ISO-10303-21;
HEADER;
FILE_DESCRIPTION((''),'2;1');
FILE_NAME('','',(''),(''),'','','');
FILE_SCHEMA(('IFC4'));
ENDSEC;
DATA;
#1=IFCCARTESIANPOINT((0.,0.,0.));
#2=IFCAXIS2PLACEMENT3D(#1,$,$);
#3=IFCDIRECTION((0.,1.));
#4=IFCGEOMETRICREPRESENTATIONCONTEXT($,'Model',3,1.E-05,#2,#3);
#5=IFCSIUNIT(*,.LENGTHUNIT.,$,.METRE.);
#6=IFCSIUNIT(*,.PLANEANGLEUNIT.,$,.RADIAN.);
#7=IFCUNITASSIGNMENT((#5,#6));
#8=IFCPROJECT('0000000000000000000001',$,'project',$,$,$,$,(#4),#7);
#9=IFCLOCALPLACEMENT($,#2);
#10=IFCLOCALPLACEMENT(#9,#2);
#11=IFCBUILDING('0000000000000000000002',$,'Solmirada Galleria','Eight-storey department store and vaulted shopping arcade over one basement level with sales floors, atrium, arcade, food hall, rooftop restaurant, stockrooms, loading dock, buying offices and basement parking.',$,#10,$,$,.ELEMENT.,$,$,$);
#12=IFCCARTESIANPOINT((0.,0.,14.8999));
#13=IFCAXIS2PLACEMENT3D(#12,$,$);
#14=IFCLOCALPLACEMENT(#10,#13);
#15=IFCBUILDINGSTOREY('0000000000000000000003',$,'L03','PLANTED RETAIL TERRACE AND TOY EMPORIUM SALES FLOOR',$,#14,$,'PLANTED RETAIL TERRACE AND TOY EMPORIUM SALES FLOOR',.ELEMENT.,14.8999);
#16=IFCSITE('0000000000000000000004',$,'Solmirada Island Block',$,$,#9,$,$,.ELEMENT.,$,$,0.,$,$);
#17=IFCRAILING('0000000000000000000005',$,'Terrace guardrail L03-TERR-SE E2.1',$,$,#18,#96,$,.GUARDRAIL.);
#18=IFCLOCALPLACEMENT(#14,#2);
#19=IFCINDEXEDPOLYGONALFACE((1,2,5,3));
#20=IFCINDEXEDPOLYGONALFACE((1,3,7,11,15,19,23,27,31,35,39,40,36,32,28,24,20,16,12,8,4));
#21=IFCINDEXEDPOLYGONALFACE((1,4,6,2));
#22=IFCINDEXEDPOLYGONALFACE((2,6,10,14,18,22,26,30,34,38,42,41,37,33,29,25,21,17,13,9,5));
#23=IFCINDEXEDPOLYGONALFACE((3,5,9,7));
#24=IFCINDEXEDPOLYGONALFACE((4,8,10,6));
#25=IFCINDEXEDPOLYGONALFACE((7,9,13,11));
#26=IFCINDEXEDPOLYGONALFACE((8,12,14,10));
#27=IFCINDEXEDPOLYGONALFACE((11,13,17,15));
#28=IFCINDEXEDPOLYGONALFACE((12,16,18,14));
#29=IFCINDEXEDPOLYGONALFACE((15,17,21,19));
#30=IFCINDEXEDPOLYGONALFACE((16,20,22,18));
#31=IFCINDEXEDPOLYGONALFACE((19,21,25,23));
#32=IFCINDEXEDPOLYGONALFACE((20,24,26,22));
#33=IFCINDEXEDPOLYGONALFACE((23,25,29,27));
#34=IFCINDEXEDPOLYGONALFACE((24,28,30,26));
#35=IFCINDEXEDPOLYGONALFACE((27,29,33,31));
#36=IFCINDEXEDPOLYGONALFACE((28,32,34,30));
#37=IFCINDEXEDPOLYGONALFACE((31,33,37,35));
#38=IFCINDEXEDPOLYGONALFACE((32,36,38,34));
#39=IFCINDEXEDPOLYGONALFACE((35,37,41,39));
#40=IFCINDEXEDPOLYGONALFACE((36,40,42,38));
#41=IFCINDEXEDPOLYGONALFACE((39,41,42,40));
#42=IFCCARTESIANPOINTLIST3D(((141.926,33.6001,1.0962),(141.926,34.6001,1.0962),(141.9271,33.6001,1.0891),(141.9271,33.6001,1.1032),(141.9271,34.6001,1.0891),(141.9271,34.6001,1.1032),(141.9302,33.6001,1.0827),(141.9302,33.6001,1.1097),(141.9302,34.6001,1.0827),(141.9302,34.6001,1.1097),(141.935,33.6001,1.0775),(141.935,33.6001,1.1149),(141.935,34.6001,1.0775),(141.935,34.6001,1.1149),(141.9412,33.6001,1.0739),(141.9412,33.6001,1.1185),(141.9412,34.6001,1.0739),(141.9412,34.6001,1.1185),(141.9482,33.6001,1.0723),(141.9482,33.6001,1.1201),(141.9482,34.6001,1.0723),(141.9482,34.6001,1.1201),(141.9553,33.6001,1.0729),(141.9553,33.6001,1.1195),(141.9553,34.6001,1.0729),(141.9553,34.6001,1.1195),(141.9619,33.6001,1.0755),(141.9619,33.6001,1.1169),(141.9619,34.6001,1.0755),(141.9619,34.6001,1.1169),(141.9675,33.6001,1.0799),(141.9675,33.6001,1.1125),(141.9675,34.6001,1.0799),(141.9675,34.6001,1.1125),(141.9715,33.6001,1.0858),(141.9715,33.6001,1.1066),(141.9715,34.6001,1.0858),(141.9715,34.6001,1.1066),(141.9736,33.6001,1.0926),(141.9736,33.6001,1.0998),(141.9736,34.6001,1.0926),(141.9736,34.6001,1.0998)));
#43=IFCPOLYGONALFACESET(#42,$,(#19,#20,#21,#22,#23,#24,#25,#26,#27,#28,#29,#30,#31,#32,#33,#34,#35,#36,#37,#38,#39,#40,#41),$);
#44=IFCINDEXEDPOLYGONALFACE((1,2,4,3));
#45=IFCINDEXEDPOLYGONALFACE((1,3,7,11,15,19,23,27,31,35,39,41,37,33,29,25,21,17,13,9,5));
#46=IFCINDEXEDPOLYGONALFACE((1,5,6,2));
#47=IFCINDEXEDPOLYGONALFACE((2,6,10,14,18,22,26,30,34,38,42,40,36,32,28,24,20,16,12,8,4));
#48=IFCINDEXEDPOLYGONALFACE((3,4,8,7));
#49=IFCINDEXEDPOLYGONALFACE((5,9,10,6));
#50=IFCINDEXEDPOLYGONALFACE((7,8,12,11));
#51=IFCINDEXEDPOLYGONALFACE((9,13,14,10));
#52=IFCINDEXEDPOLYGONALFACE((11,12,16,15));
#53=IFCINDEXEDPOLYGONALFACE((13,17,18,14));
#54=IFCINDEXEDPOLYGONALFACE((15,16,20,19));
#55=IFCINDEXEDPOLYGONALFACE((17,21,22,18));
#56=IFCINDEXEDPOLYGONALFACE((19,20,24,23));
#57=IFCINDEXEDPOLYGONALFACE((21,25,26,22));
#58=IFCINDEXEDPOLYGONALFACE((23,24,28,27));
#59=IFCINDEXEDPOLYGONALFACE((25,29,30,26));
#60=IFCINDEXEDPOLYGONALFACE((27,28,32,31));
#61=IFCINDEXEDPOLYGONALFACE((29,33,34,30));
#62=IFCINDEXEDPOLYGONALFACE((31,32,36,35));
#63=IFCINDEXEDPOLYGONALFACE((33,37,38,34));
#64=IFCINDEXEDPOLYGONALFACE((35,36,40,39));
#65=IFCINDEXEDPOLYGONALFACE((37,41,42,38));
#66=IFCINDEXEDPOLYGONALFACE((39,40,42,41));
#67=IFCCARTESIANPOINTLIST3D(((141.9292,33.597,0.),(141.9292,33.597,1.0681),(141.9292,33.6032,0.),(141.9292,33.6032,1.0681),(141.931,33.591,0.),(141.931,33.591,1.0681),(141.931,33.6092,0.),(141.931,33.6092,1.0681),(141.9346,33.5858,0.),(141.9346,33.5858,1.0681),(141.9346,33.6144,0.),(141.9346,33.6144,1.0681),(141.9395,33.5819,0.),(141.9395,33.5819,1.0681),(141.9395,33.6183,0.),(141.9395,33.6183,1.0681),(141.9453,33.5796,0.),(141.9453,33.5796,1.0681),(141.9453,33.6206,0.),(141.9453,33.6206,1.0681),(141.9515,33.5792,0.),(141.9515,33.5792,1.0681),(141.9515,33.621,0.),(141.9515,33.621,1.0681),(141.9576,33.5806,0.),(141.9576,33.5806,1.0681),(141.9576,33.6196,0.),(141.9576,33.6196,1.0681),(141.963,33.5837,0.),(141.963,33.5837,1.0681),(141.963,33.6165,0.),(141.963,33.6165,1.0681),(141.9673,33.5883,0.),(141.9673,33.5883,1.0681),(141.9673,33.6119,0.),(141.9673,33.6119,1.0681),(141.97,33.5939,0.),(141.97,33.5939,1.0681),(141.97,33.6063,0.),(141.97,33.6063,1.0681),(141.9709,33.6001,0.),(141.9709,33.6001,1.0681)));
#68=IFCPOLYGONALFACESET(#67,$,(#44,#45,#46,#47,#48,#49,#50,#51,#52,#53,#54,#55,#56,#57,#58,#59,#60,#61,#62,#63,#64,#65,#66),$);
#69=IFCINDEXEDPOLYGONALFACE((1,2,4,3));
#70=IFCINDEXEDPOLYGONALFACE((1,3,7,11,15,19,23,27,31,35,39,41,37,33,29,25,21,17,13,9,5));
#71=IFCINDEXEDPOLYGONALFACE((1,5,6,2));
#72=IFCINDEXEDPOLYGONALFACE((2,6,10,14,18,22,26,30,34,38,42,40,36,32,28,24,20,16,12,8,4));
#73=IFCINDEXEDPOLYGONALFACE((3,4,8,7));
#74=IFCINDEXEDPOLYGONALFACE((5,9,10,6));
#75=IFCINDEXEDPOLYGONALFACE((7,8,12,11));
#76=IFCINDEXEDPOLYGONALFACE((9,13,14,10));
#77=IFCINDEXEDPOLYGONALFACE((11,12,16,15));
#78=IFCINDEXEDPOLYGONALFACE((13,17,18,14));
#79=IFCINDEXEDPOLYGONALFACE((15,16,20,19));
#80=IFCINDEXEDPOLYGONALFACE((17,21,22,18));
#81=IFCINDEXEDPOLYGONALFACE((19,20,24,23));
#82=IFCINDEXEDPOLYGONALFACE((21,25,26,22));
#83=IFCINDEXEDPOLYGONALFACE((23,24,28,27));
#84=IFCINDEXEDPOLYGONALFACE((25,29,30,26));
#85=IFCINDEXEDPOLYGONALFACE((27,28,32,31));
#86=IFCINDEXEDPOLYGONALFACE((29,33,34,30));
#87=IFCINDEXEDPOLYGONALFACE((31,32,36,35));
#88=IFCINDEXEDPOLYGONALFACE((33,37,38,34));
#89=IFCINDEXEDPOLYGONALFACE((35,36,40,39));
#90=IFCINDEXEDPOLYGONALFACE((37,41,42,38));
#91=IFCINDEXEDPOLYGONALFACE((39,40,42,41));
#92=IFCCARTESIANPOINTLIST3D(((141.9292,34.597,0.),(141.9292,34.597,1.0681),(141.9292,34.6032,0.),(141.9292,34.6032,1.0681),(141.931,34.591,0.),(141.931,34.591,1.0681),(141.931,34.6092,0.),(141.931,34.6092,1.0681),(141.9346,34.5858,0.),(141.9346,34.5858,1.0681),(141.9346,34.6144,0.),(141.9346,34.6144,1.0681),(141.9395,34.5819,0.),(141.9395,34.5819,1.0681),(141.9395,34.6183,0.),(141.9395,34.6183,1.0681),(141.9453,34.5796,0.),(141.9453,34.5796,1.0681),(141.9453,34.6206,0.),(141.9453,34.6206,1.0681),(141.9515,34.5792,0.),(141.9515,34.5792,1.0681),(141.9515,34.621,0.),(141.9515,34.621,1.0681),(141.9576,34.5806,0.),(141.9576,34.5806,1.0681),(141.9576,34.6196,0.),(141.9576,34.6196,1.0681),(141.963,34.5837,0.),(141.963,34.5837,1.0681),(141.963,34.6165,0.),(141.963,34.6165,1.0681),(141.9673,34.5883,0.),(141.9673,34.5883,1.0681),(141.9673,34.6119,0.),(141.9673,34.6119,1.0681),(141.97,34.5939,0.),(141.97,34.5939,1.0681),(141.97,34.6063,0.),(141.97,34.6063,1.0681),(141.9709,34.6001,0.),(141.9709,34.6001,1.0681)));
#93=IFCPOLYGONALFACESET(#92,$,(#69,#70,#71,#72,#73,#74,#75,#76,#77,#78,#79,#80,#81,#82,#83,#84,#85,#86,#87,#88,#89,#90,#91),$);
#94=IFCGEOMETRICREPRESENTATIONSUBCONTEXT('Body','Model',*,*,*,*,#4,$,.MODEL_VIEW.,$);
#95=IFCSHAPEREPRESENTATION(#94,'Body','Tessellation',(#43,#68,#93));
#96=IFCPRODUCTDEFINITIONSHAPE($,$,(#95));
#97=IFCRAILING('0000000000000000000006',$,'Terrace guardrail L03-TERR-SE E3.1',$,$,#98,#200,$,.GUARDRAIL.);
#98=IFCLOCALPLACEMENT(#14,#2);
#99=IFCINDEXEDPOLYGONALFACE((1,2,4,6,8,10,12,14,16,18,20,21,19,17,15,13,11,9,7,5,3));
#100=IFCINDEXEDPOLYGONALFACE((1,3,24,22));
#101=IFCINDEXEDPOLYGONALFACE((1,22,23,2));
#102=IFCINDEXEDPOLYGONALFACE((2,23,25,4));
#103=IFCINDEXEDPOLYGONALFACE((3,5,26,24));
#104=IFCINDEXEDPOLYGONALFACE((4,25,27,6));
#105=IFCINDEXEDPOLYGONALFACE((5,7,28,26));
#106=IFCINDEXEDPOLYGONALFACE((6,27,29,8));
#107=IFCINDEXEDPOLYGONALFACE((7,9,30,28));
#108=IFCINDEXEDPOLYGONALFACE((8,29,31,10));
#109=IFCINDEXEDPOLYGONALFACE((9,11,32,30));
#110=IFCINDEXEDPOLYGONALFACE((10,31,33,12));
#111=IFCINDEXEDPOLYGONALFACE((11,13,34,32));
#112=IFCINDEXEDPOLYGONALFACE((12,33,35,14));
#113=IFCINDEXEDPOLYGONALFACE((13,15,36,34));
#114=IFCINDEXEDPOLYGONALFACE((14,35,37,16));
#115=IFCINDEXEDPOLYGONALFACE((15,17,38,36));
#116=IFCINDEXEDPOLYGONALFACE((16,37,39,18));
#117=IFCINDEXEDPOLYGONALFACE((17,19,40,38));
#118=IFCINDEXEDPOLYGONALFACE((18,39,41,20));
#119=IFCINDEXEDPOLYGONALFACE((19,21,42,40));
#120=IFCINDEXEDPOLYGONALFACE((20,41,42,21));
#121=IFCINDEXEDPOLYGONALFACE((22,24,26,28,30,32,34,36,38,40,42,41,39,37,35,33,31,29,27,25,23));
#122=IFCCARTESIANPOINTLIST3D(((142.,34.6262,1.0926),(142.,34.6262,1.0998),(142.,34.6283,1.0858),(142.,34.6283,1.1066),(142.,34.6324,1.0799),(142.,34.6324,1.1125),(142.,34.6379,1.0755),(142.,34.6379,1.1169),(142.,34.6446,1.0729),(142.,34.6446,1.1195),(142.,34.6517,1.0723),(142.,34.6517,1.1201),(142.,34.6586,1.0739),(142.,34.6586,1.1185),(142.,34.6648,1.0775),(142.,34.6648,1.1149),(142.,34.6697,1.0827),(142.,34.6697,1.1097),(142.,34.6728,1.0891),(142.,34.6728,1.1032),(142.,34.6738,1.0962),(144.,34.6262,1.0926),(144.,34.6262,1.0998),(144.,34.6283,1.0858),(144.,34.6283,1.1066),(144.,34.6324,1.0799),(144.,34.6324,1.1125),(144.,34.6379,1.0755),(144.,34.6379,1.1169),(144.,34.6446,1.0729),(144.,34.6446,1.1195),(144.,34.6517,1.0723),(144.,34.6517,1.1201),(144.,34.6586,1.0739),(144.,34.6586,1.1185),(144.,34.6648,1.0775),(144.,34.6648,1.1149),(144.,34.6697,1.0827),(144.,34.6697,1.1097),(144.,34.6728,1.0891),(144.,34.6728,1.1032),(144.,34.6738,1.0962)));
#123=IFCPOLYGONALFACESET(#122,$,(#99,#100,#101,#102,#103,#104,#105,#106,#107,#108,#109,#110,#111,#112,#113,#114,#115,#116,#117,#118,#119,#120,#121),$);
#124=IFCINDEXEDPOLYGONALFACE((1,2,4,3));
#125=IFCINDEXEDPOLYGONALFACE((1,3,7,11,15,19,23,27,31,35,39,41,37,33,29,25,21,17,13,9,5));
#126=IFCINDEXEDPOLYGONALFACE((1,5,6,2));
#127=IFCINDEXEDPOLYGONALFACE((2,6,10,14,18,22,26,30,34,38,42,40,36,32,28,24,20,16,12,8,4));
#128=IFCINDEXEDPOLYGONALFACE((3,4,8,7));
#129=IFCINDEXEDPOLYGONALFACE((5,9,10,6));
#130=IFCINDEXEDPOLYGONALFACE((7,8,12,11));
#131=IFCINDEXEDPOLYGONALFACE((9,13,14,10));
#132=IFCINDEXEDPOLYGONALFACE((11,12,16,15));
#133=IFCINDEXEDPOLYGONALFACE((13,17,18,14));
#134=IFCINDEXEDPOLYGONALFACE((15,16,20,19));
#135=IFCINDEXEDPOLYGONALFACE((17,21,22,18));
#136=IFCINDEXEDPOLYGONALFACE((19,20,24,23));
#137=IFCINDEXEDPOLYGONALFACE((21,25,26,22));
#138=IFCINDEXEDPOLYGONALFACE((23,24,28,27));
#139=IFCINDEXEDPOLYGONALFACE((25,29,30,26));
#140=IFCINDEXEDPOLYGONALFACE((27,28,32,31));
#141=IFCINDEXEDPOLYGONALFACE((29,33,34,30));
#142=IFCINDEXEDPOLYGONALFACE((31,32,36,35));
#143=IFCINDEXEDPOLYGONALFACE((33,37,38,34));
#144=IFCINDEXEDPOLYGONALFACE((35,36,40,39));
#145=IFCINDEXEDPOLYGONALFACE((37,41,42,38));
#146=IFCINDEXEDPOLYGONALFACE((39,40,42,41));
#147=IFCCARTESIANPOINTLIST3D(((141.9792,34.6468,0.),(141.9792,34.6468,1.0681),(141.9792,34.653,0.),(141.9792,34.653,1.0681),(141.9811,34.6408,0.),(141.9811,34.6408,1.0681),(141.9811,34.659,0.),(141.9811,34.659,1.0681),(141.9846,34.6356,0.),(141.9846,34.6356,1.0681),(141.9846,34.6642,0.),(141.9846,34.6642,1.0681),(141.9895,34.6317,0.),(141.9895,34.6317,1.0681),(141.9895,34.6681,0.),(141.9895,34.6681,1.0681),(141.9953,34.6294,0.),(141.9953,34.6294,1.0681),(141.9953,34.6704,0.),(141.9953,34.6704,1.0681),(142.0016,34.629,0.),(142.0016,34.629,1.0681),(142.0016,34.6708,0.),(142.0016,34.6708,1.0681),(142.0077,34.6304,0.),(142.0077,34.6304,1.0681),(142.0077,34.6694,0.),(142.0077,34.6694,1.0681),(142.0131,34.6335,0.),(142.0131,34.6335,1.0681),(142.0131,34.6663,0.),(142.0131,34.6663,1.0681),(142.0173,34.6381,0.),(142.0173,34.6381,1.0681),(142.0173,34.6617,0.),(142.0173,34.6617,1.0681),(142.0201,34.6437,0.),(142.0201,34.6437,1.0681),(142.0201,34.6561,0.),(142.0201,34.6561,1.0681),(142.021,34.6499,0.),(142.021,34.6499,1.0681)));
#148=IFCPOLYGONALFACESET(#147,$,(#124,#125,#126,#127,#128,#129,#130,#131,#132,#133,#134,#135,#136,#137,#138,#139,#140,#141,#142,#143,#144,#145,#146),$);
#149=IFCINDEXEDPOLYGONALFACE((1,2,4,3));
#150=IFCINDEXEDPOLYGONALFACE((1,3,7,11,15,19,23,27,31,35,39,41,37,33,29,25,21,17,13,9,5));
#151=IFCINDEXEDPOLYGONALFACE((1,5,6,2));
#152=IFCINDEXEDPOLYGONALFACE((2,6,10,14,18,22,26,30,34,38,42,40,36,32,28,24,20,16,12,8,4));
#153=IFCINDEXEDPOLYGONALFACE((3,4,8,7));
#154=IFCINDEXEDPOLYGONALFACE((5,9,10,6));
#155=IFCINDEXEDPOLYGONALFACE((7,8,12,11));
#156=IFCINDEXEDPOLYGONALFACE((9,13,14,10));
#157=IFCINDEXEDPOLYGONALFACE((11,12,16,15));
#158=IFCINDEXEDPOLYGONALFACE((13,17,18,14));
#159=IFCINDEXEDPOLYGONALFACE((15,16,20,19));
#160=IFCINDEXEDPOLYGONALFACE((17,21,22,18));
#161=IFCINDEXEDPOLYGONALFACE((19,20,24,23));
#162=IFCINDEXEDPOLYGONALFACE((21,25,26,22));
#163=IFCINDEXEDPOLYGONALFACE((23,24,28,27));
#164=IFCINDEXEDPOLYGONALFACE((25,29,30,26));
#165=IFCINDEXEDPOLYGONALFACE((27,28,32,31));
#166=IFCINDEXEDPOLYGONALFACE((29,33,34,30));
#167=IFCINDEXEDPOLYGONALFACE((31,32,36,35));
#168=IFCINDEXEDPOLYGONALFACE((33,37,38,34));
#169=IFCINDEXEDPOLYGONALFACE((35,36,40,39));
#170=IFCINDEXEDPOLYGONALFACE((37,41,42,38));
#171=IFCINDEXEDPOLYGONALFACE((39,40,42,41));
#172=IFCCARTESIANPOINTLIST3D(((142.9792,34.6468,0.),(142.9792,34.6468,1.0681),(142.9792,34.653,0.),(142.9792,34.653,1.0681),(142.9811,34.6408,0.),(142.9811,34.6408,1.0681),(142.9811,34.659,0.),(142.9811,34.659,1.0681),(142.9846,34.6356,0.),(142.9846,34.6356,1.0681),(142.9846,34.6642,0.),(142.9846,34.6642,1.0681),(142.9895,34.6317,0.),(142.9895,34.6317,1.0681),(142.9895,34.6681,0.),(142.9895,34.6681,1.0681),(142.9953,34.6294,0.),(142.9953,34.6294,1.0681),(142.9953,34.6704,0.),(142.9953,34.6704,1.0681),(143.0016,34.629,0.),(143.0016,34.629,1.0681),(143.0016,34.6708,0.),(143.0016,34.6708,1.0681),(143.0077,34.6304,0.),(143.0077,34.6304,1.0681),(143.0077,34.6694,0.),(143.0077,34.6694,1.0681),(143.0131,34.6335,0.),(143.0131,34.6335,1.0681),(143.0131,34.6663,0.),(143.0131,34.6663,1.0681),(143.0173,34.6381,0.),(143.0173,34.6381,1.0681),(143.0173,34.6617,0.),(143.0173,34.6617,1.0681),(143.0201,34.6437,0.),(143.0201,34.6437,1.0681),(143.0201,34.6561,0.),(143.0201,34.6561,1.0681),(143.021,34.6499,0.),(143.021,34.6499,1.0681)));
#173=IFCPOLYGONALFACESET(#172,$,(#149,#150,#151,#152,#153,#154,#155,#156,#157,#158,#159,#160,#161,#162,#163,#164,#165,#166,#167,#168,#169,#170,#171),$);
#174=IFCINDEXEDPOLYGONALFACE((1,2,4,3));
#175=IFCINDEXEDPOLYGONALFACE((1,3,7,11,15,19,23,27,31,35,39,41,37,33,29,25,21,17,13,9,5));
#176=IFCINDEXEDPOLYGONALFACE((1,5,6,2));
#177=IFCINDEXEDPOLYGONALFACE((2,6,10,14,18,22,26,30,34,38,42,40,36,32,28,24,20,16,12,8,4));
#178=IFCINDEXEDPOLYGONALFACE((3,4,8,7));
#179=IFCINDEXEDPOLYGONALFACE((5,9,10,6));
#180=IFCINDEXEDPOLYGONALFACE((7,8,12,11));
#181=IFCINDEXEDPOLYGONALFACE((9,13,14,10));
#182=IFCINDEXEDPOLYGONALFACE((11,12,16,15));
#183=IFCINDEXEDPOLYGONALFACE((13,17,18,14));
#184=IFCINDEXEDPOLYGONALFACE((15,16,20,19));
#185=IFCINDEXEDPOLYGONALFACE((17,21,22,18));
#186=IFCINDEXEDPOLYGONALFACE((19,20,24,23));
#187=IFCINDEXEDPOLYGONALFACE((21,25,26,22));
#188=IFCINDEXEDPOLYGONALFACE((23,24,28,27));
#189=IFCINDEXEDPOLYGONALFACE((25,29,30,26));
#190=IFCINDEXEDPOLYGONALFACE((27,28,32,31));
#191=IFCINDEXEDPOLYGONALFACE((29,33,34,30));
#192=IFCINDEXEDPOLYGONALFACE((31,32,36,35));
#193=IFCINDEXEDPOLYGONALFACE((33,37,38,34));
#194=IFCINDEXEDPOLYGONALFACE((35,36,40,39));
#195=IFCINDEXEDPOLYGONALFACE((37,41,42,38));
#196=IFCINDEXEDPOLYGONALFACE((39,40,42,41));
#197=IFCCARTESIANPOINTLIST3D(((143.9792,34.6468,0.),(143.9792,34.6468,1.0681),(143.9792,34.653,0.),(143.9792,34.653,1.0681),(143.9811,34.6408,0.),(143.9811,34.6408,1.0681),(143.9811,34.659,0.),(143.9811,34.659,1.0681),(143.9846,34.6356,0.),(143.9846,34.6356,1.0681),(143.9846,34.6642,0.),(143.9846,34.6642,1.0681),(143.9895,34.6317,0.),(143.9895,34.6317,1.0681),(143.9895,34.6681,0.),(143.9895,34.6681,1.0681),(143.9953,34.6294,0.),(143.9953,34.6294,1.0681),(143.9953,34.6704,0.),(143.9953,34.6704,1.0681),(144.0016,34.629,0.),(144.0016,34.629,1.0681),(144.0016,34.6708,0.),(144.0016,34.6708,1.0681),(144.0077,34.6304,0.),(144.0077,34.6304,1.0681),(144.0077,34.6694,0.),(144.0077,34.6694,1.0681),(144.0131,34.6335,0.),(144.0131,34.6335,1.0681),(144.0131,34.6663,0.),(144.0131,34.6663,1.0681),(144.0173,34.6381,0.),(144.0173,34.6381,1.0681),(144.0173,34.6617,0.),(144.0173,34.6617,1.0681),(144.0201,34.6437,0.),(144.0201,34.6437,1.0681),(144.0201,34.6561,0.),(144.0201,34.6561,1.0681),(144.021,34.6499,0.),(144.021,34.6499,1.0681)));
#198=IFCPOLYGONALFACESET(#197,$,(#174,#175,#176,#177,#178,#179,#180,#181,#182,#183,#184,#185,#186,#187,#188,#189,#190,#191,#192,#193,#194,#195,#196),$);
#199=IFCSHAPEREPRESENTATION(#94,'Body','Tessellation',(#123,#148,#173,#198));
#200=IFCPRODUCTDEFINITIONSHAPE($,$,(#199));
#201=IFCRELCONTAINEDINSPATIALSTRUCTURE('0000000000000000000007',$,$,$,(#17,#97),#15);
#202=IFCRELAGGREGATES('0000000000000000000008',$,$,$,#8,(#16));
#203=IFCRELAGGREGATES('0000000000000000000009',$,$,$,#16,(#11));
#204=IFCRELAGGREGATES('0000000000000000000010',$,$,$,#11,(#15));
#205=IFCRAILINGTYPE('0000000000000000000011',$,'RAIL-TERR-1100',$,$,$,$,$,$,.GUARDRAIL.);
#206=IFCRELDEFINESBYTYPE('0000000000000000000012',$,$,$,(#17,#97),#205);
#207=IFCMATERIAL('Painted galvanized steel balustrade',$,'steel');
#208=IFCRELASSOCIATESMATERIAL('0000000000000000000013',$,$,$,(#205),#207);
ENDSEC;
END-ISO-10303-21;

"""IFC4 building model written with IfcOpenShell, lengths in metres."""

from ifc_helpers import new_model, si_unit, direction, frame, origin, origin_2d, place, context, subcontext, project, spatial, circle, extrude, material, type_object, element, save


model = new_model("IFC4")

# Units and contexts
model_context = context("Model", 3, precision=1e-05, world=origin(), true_north=direction((0.0, 1.0)))
body_context = subcontext(model_context, "Body", "Model", "MODEL_VIEW")
ifc_project = project(units=[si_unit("LENGTHUNIT", "METRE"), si_unit("PLANEANGLEUNIT", "RADIAN")], contexts=[model_context])

# Site, building, storey
site_placement = place(None, origin())
site = spatial("IfcSite", under=ifc_project, at=site_placement, Name="Solmirada Island Block", CompositionType="ELEMENT", RefElevation=0.0)
building_placement = place(site_placement, origin())
building = spatial("IfcBuilding", under=site, at=building_placement, Name="Solmirada Galleria", Description="Eight-storey department store and vaulted shopping arcade over one basement level with sales floors, atrium, arcade, food hall, rooftop restaurant, stockrooms, loading dock, buying offices and basement parking.", CompositionType="ELEMENT")
storey_placement = place(building_placement, frame((0.0, 0.0, 14.8999)))
storey = spatial("IfcBuildingStorey", under=building, at=storey_placement, Name="L03", Description="PLANTED RETAIL TERRACE AND TOY EMPORIUM SALES FLOOR", LongName="PLANTED RETAIL TERRACE AND TOY EMPORIUM SALES FLOOR", CompositionType="ELEMENT", Elevation=14.8999)

# Railings
ifc_material_1 = material(Name="Painted galvanized steel balustrade", Category="steel")
railing_type = type_object("IfcRailingType", Name="RAIL-TERR-1100", PredefinedType="GUARDRAIL", material=ifc_material_1)
railing_1_placement = place(storey_placement, frame((141.95, 33.6001, 0.0)))
element("IfcRailing", 1, at=railing_1_placement, inside=storey, type_object=railing_type, Name="Terrace guardrail L03-TERR-SE E2.1", PredefinedType="GUARDRAIL", context=body_context, shape_type="SweptSolid", body=[
    extrude(circle(Radius=0.0239, at=origin_2d()), frame((0.0, 0.0, 1.0962), z_axis=(0.0, 1.0, 0.0), x_axis=(-1.0, 0.0, 0.0)), (0.0, 0.0, 1.0), 1.0),
    extrude(circle(Radius=0.021, at=origin_2d()), origin(), (0.0, 0.0, 1.0), 1.0681),
    extrude(circle(Radius=0.021, at=origin_2d()), frame((0.0, 1.0, 0.0)), (0.0, 0.0, 1.0), 1.0681),
])
railing_2_placement = place(storey_placement, frame((142.0, 34.6499, 0.0)))
element("IfcRailing", 2, at=railing_2_placement, inside=storey, type_object=railing_type, Name="Terrace guardrail L03-TERR-SE E3.1", PredefinedType="GUARDRAIL", context=body_context, shape_type="SweptSolid", body=[
    extrude(circle(Radius=0.0239, at=origin_2d()), frame((0.0, 0.0, 1.0962), z_axis=(1.0, 0.0, 0.0), x_axis=(0.0, 1.0, 0.0)), (0.0, 0.0, 1.0), 2.0),
    extrude(circle(Radius=0.021, at=origin_2d()), origin(), (0.0, 0.0, 1.0), 1.0681),
    extrude(circle(Radius=0.021, at=origin_2d()), frame((1.0, 0.0, 0.0)), (0.0, 0.0, 1.0), 1.0681),
    extrude(circle(Radius=0.021, at=origin_2d()), frame((2.0, 0.0, 0.0)), (0.0, 0.0, 1.0), 1.0681),
])

save(model, "model.ifc")
